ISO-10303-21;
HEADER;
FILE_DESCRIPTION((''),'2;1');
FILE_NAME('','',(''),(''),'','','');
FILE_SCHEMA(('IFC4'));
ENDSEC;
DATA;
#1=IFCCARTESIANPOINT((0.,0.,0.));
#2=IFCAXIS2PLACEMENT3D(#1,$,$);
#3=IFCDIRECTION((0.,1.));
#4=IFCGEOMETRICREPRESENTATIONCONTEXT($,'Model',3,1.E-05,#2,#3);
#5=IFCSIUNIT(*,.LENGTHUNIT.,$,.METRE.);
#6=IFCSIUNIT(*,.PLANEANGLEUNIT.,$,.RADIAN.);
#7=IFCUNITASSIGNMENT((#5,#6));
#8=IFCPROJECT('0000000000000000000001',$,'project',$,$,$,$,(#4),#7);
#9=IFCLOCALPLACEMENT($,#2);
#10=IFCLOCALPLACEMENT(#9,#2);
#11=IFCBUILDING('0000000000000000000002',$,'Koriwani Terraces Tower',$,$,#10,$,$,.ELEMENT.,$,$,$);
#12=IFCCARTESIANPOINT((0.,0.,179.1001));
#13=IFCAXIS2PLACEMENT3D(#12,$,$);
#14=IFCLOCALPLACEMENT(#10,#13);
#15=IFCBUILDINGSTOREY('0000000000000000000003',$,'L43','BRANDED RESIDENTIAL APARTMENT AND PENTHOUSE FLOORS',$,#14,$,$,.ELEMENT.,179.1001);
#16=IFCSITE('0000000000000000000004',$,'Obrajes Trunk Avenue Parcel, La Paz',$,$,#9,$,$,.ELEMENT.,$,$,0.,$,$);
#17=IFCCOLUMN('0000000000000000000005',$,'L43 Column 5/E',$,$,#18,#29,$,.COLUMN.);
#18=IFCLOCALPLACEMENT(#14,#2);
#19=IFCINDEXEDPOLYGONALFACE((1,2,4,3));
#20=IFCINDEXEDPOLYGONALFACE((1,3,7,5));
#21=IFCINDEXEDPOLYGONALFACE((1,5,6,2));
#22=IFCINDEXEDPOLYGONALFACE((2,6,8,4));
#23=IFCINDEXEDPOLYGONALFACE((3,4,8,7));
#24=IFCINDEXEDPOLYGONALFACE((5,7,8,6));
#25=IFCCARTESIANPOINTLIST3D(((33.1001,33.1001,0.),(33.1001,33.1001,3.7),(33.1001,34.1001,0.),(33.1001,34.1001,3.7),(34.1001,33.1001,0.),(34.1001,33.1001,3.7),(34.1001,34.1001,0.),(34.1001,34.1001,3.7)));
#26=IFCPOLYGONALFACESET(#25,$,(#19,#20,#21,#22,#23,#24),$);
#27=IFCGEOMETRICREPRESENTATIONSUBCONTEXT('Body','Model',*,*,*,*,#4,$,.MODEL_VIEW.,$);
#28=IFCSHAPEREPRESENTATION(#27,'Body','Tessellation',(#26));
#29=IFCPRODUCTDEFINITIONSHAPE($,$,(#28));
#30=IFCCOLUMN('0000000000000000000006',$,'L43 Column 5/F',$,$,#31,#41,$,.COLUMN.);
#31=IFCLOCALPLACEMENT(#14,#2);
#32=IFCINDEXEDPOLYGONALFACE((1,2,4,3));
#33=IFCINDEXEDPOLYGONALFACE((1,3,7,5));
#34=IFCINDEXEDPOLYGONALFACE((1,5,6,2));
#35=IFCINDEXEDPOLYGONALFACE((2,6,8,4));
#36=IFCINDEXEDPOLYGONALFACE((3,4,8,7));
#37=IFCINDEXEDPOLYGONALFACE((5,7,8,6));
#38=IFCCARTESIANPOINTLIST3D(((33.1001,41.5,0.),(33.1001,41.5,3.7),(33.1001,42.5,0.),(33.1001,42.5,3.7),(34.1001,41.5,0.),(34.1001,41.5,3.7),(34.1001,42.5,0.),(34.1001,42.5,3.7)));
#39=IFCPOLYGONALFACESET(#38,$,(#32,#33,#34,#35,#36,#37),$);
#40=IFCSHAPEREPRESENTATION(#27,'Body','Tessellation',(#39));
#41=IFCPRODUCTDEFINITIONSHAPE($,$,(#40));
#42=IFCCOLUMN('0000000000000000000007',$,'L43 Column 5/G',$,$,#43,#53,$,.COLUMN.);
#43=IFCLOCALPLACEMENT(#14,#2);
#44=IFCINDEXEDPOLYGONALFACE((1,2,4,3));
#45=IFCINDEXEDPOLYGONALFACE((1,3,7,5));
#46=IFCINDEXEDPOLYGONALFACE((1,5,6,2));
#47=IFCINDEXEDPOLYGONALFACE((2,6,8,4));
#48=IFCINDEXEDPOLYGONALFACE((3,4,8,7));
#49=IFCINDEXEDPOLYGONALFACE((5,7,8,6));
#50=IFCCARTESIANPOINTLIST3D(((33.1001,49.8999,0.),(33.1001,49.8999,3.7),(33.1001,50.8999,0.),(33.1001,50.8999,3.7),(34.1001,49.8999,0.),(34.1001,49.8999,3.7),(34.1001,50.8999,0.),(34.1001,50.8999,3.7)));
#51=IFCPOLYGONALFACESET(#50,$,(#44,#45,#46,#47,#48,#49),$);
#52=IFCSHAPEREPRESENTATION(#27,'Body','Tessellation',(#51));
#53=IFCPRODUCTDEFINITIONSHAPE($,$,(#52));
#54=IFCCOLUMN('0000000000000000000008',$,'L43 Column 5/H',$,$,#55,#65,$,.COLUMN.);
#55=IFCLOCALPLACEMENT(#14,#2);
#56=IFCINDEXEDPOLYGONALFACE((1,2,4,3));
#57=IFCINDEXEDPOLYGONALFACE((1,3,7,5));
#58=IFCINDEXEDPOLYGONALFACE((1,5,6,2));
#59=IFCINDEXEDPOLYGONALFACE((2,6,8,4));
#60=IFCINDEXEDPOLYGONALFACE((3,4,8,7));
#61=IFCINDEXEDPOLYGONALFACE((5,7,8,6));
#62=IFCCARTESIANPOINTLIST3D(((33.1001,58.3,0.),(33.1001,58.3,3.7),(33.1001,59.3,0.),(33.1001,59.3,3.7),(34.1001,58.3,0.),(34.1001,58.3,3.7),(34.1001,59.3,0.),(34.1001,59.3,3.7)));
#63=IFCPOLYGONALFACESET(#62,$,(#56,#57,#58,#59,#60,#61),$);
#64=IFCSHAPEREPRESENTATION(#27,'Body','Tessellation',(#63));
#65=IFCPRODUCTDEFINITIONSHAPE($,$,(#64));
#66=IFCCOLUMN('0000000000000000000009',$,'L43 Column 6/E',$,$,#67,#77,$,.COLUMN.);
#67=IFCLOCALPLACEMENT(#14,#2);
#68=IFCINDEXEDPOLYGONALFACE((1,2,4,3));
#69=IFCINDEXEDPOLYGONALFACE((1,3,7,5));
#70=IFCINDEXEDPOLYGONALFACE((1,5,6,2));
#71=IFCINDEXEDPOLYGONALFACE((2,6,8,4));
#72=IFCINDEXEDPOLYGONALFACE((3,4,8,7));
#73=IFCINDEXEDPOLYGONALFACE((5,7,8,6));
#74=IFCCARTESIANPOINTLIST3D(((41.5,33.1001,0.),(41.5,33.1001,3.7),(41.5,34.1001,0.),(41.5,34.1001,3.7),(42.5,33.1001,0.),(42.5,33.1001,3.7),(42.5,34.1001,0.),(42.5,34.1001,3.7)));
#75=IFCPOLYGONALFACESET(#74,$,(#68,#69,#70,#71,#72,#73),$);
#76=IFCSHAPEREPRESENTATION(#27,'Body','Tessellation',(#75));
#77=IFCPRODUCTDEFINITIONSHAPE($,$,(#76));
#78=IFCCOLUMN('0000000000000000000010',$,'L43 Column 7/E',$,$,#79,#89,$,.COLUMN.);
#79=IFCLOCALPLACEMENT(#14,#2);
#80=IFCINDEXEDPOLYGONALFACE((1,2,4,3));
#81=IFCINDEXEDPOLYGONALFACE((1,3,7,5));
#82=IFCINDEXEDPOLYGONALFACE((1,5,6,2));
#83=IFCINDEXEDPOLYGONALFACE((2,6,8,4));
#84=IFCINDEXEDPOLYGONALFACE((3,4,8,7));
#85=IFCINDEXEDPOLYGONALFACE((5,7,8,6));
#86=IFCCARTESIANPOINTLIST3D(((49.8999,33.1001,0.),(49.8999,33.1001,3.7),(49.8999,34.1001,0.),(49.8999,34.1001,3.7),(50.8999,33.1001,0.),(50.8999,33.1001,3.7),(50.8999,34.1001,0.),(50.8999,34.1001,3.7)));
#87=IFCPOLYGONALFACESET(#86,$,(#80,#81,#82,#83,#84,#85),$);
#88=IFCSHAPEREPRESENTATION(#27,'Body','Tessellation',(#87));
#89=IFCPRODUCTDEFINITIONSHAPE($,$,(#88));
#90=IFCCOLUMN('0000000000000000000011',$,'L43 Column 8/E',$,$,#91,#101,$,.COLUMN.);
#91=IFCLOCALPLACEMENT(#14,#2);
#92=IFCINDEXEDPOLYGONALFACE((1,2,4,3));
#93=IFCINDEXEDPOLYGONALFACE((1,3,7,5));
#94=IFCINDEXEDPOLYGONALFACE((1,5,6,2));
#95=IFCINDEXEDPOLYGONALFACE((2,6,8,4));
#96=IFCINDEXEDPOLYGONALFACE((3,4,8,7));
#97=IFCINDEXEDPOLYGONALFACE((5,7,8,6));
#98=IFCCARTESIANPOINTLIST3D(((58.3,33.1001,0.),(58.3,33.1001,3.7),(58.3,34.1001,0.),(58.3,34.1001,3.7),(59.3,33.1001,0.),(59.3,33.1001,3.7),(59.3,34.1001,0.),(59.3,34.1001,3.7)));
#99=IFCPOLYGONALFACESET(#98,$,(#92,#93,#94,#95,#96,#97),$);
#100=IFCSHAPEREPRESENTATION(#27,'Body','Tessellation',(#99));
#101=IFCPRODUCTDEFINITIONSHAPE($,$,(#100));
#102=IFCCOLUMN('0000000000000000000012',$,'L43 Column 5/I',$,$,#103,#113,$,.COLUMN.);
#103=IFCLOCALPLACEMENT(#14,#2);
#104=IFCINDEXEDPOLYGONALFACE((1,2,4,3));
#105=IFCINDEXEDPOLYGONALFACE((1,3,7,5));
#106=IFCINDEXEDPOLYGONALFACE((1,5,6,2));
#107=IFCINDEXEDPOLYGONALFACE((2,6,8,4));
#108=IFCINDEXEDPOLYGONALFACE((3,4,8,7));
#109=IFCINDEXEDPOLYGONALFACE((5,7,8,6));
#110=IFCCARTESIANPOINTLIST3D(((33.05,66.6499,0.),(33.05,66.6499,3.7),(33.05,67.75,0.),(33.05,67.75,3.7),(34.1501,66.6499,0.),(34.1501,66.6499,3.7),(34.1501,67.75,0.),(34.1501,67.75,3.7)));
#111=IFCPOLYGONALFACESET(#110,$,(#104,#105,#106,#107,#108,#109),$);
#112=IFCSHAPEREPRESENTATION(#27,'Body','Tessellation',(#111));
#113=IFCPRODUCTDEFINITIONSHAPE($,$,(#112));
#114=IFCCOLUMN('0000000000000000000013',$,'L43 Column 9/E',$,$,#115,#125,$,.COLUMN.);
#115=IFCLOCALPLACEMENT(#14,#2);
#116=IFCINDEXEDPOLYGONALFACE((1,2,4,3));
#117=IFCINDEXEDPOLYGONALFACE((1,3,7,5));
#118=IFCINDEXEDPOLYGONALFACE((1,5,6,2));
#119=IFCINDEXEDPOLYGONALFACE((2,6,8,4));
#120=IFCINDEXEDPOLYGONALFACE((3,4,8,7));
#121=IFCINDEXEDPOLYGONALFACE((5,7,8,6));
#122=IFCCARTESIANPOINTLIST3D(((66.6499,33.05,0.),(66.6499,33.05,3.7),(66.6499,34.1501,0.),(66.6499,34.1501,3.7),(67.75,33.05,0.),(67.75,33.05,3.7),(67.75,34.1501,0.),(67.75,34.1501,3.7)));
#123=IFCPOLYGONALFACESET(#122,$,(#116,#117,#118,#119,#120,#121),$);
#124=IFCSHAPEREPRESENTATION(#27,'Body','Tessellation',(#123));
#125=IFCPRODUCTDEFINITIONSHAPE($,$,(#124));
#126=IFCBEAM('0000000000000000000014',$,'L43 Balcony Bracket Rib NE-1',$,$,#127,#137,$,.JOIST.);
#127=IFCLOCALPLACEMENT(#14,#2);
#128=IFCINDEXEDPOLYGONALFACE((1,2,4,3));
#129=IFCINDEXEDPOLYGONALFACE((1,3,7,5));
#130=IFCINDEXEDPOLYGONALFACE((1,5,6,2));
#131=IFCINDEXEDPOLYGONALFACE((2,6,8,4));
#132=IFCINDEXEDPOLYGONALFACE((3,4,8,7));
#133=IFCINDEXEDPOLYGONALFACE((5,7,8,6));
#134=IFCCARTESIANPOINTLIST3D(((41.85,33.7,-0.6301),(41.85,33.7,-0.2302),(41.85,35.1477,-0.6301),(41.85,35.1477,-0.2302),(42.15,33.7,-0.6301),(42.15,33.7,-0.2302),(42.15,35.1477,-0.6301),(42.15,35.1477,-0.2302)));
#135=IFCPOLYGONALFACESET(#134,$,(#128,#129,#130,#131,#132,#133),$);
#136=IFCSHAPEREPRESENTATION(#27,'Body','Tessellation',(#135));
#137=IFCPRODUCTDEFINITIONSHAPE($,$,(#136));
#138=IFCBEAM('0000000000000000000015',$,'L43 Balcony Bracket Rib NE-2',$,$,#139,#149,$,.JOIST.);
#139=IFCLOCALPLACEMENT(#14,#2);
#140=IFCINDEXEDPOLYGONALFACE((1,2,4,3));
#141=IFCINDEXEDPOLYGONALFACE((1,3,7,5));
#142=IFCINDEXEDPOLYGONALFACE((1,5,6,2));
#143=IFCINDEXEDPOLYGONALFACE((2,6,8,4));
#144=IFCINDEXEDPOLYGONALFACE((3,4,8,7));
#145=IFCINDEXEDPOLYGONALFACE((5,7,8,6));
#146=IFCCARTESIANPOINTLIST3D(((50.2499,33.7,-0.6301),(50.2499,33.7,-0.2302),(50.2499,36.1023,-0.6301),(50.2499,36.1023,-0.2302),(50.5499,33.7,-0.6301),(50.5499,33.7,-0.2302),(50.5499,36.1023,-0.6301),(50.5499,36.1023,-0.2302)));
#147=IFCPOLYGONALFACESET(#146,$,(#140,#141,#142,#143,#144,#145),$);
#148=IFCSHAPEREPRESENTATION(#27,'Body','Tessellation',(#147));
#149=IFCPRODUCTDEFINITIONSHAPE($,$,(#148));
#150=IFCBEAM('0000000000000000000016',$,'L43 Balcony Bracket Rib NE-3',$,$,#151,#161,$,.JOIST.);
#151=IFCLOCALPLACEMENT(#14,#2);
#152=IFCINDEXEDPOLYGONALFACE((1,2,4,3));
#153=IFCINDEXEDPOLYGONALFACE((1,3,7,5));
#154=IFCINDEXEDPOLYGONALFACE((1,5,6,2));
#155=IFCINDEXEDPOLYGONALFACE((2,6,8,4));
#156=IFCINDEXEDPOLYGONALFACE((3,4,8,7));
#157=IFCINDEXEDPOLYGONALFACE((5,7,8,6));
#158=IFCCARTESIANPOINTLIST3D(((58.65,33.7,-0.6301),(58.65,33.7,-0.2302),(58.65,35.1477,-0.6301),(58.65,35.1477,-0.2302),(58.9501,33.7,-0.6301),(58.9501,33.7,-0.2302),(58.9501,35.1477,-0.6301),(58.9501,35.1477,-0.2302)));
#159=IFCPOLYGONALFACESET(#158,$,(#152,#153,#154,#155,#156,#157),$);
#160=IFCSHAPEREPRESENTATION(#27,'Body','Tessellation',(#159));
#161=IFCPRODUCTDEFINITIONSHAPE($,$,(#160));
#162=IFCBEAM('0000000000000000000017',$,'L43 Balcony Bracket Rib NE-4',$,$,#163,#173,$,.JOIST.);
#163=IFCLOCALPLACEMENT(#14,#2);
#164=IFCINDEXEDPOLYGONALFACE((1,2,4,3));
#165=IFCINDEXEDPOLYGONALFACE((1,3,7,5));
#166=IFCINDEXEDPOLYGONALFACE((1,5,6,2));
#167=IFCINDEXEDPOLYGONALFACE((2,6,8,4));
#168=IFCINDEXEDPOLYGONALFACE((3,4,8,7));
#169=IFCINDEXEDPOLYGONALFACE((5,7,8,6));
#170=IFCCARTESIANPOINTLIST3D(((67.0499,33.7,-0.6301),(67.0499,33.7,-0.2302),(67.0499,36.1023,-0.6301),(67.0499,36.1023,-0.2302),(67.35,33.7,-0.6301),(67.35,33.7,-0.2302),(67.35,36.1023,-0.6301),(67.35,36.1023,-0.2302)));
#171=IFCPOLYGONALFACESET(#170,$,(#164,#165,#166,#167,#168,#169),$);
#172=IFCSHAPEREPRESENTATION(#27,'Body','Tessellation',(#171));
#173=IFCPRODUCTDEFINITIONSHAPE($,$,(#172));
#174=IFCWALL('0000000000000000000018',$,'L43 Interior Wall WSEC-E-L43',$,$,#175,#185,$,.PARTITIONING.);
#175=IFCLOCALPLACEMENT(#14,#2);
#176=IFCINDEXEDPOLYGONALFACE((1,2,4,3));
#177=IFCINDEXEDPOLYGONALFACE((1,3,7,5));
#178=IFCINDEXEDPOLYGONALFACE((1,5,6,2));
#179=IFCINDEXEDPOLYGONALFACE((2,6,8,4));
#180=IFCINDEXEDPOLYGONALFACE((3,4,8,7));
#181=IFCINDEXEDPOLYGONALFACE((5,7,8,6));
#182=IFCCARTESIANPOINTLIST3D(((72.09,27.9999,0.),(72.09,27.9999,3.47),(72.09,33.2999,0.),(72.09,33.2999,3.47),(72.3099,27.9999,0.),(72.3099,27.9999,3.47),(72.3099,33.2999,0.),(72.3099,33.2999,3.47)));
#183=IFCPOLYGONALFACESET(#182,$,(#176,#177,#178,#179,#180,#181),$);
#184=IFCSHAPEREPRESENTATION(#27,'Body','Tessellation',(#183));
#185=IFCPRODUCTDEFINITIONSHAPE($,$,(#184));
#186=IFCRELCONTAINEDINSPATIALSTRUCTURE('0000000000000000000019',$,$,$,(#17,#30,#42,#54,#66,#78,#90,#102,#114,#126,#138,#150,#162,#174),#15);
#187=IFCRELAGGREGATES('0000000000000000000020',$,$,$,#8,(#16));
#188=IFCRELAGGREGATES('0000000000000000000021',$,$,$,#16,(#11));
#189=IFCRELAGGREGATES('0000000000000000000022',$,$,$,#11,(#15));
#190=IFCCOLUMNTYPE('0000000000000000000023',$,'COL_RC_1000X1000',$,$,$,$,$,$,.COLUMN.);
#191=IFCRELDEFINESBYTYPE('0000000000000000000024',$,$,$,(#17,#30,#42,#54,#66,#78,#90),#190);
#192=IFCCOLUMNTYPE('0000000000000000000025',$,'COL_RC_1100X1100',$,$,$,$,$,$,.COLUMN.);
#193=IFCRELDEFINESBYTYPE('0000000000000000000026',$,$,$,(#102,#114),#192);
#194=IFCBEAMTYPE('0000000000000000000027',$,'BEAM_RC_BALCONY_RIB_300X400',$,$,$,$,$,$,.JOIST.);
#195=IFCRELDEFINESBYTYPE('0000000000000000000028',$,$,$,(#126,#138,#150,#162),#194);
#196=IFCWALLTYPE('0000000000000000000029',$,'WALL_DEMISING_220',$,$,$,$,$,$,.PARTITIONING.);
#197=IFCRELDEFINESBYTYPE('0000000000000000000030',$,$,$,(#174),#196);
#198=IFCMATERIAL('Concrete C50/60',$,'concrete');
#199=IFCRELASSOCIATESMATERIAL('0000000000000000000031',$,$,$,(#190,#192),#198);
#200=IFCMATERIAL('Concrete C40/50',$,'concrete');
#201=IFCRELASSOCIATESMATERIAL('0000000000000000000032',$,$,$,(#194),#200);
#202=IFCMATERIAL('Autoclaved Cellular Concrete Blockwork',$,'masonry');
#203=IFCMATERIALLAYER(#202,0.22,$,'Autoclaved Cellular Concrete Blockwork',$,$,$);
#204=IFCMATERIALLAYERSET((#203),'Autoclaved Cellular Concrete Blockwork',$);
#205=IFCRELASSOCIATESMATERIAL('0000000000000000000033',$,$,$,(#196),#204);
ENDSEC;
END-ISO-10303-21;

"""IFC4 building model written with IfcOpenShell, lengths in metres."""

from ifc_helpers import new_model, si_unit, direction, frame, frame_2d, origin, origin_2d, place, context, subcontext, project, spatial, rectangle, extrude, material, layer, layer_set, material_profile, profile_set, type_object, element, save


model = new_model("IFC4")

# Units and contexts
model_context = context("Model", 3, precision=1e-05, world=origin(), true_north=direction((0.0, 1.0)))
body_context = subcontext(model_context, "Body", "Model", "MODEL_VIEW")
ifc_project = project(units=[si_unit("LENGTHUNIT", "METRE"), si_unit("PLANEANGLEUNIT", "RADIAN")], contexts=[model_context])

# Site, building, storey
site_placement = place(None, origin())
site = spatial("IfcSite", under=ifc_project, at=site_placement, Name="Obrajes Trunk Avenue Parcel, La Paz", CompositionType="ELEMENT", RefElevation=0.0)
building_placement = place(site_placement, origin())
building = spatial("IfcBuilding", under=site, at=building_placement, Name="Koriwani Terraces Tower", CompositionType="ELEMENT")
storey_placement = place(building_placement, frame((0.0, 0.0, 179.1001)))
storey = spatial("IfcBuildingStorey", under=building, at=storey_placement, Name="L43", Description="BRANDED RESIDENTIAL APARTMENT AND PENTHOUSE FLOORS", CompositionType="ELEMENT", Elevation=179.1001)

# Columns
ifc_material_1 = material(Name="Concrete C50/60", Category="concrete")
ifc_material_profile_1 = material_profile(ifc_material_1, rectangle(XDim=1.0, YDim=1.0, at=origin_2d()), Name="Concrete C50/60", Category="LoadBearing")
ifc_profile_set_1 = profile_set([ifc_material_profile_1], Name="Concrete C50/60")
column_type_1 = type_object("IfcColumnType", Name="COL_RC_1000X1000", PredefinedType="COLUMN", material=ifc_profile_set_1)
for number, where, z_axis, x_axis, name in (
    (1, (33.6001, 33.6001, 0.0), (0.0, 0.0, 1.0), (1.0, 0.0, 0.0), "L43 Column 5/E"),
    (2, (33.6001, 42.0, 0.0), (0.0, 0.0, 1.0), (1.0, 0.0, 0.0), "L43 Column 5/F"),
    (3, (33.6001, 50.3999, 0.0), (0.0, 0.0, 1.0), (1.0, 0.0, 0.0), "L43 Column 5/G"),
    (4, (33.6001, 58.8, 0.0), (0.0, 0.0, 1.0), (1.0, 0.0, 0.0), "L43 Column 5/H"),
    (5, (42.0, 33.6001, 0.0), (0.0, 0.0, 1.0), (1.0, 0.0, 0.0), "L43 Column 6/E"),
    (6, (50.3999, 33.6001, 0.0), (0.0, 0.0, 1.0), (1.0, 0.0, 0.0), "L43 Column 7/E"),
    (7, (58.8, 33.6001, 0.0), (0.0, 0.0, 1.0), (1.0, 0.0, 0.0), "L43 Column 8/E"),
):
    element("IfcColumn", number, at=place(storey_placement, frame(where, z_axis=z_axis, x_axis=x_axis)), inside=storey, type_object=column_type_1, Name=name, PredefinedType="COLUMN", context=body_context, shape_type="SweptSolid", body=[
        extrude(rectangle(XDim=1.0, YDim=1.0, at=origin_2d()), origin(), (0.0, 0.0, 1.0), 3.7),
    ])
ifc_material_profile_2 = material_profile(ifc_material_1, rectangle(XDim=1.1001, YDim=1.1001, at=origin_2d()), Name="Concrete C50/60", Category="LoadBearing")
ifc_profile_set_2 = profile_set([ifc_material_profile_2], Name="Concrete C50/60")
column_type_2 = type_object("IfcColumnType", Name="COL_RC_1100X1100", PredefinedType="COLUMN", material=ifc_profile_set_2)
for number, where, z_axis, x_axis, name in (
    (8, (33.6001, 67.2, 0.0), (0.0, 0.0, 1.0), (1.0, 0.0, 0.0), "L43 Column 5/I"),
    (9, (67.2, 33.6001, 0.0), (0.0, 0.0, 1.0), (1.0, 0.0, 0.0), "L43 Column 9/E"),
):
    element("IfcColumn", number, at=place(storey_placement, frame(where, z_axis=z_axis, x_axis=x_axis)), inside=storey, type_object=column_type_2, Name=name, PredefinedType="COLUMN", context=body_context, shape_type="SweptSolid", body=[
        extrude(rectangle(XDim=1.1001, YDim=1.1001, at=origin_2d()), origin(), (0.0, 0.0, 1.0), 3.7),
    ])

# Beams
ifc_material_2 = material(Name="Concrete C40/50", Category="concrete")
ifc_material_profile_3 = material_profile(ifc_material_2, rectangle(XDim=0.3, YDim=0.3999, at=origin_2d()), Name="Concrete C40/50", Category="LoadBearing")
ifc_profile_set_3 = profile_set([ifc_material_profile_3], Name="Concrete C40/50")
beam_type = type_object("IfcBeamType", Name="BEAM_RC_BALCONY_RIB_300X400", PredefinedType="JOIST", material=ifc_profile_set_3)
beam_1_placement = place(storey_placement, frame((42.0, 33.7, -0.4302), z_axis=(0.0, 1.0, 0.0), x_axis=(-1.0, 0.0, 0.0)))
element("IfcBeam", 10, at=beam_1_placement, inside=storey, type_object=beam_type, Name="L43 Balcony Bracket Rib NE-1", PredefinedType="JOIST", context=body_context, shape_type="SweptSolid", body=[
    extrude(rectangle(XDim=0.3, YDim=0.3999, at=origin_2d()), origin(), (0.0, 0.0, 1.0), 1.4478),
])
beam_2_placement = place(storey_placement, frame((50.3999, 33.7, -0.4302), z_axis=(0.0, 1.0, 0.0), x_axis=(-1.0, 0.0, 0.0)))
element("IfcBeam", 11, at=beam_2_placement, inside=storey, type_object=beam_type, Name="L43 Balcony Bracket Rib NE-2", PredefinedType="JOIST", context=body_context, shape_type="SweptSolid", body=[
    extrude(rectangle(XDim=0.3, YDim=0.3999, at=origin_2d()), origin(), (0.0, 0.0, 1.0), 2.4023),
])
beam_3_placement = place(storey_placement, frame((58.8, 33.7, -0.4302), z_axis=(0.0, 1.0, 0.0), x_axis=(-1.0, 0.0, 0.0)))
element("IfcBeam", 12, at=beam_3_placement, inside=storey, type_object=beam_type, Name="L43 Balcony Bracket Rib NE-3", PredefinedType="JOIST", context=body_context, shape_type="SweptSolid", body=[
    extrude(rectangle(XDim=0.3, YDim=0.3999, at=origin_2d()), origin(), (0.0, 0.0, 1.0), 1.4478),
])
beam_4_placement = place(storey_placement, frame((67.2, 33.7, -0.4302), z_axis=(0.0, 1.0, 0.0), x_axis=(-1.0, 0.0, 0.0)))
element("IfcBeam", 13, at=beam_4_placement, inside=storey, type_object=beam_type, Name="L43 Balcony Bracket Rib NE-4", PredefinedType="JOIST", context=body_context, shape_type="SweptSolid", body=[
    extrude(rectangle(XDim=0.3, YDim=0.3999, at=origin_2d()), origin(), (0.0, 0.0, 1.0), 2.4023),
])

# Wall
ifc_material_3 = material(Name="Autoclaved Cellular Concrete Blockwork", Category="masonry")
ifc_layer_1 = layer(ifc_material_3, 0.22, Name="Autoclaved Cellular Concrete Blockwork")
ifc_layer_set_1 = layer_set([ifc_layer_1], Name="Autoclaved Cellular Concrete Blockwork")
wall_type_1 = type_object("IfcWallType", Name="WALL_DEMISING_220", PredefinedType="PARTITIONING", material=ifc_layer_set_1)
wall_1_placement = place(storey_placement, frame((72.2, 28.0, 0.0), z_axis=(0.0, 0.0, 1.0), x_axis=(0.0, 1.0, 0.0)))
element("IfcWall", 14, at=wall_1_placement, inside=storey, type_object=wall_type_1, Name="L43 Interior Wall WSEC-E-L43", PredefinedType="PARTITIONING", context=body_context, shape_type="SweptSolid", body=[
    extrude(rectangle(XDim=5.3, YDim=0.22, at=frame_2d((2.6499, 0.0))), origin(), (0.0, 0.0, 1.0), 3.47),
])

save(model, "model.ifc")
